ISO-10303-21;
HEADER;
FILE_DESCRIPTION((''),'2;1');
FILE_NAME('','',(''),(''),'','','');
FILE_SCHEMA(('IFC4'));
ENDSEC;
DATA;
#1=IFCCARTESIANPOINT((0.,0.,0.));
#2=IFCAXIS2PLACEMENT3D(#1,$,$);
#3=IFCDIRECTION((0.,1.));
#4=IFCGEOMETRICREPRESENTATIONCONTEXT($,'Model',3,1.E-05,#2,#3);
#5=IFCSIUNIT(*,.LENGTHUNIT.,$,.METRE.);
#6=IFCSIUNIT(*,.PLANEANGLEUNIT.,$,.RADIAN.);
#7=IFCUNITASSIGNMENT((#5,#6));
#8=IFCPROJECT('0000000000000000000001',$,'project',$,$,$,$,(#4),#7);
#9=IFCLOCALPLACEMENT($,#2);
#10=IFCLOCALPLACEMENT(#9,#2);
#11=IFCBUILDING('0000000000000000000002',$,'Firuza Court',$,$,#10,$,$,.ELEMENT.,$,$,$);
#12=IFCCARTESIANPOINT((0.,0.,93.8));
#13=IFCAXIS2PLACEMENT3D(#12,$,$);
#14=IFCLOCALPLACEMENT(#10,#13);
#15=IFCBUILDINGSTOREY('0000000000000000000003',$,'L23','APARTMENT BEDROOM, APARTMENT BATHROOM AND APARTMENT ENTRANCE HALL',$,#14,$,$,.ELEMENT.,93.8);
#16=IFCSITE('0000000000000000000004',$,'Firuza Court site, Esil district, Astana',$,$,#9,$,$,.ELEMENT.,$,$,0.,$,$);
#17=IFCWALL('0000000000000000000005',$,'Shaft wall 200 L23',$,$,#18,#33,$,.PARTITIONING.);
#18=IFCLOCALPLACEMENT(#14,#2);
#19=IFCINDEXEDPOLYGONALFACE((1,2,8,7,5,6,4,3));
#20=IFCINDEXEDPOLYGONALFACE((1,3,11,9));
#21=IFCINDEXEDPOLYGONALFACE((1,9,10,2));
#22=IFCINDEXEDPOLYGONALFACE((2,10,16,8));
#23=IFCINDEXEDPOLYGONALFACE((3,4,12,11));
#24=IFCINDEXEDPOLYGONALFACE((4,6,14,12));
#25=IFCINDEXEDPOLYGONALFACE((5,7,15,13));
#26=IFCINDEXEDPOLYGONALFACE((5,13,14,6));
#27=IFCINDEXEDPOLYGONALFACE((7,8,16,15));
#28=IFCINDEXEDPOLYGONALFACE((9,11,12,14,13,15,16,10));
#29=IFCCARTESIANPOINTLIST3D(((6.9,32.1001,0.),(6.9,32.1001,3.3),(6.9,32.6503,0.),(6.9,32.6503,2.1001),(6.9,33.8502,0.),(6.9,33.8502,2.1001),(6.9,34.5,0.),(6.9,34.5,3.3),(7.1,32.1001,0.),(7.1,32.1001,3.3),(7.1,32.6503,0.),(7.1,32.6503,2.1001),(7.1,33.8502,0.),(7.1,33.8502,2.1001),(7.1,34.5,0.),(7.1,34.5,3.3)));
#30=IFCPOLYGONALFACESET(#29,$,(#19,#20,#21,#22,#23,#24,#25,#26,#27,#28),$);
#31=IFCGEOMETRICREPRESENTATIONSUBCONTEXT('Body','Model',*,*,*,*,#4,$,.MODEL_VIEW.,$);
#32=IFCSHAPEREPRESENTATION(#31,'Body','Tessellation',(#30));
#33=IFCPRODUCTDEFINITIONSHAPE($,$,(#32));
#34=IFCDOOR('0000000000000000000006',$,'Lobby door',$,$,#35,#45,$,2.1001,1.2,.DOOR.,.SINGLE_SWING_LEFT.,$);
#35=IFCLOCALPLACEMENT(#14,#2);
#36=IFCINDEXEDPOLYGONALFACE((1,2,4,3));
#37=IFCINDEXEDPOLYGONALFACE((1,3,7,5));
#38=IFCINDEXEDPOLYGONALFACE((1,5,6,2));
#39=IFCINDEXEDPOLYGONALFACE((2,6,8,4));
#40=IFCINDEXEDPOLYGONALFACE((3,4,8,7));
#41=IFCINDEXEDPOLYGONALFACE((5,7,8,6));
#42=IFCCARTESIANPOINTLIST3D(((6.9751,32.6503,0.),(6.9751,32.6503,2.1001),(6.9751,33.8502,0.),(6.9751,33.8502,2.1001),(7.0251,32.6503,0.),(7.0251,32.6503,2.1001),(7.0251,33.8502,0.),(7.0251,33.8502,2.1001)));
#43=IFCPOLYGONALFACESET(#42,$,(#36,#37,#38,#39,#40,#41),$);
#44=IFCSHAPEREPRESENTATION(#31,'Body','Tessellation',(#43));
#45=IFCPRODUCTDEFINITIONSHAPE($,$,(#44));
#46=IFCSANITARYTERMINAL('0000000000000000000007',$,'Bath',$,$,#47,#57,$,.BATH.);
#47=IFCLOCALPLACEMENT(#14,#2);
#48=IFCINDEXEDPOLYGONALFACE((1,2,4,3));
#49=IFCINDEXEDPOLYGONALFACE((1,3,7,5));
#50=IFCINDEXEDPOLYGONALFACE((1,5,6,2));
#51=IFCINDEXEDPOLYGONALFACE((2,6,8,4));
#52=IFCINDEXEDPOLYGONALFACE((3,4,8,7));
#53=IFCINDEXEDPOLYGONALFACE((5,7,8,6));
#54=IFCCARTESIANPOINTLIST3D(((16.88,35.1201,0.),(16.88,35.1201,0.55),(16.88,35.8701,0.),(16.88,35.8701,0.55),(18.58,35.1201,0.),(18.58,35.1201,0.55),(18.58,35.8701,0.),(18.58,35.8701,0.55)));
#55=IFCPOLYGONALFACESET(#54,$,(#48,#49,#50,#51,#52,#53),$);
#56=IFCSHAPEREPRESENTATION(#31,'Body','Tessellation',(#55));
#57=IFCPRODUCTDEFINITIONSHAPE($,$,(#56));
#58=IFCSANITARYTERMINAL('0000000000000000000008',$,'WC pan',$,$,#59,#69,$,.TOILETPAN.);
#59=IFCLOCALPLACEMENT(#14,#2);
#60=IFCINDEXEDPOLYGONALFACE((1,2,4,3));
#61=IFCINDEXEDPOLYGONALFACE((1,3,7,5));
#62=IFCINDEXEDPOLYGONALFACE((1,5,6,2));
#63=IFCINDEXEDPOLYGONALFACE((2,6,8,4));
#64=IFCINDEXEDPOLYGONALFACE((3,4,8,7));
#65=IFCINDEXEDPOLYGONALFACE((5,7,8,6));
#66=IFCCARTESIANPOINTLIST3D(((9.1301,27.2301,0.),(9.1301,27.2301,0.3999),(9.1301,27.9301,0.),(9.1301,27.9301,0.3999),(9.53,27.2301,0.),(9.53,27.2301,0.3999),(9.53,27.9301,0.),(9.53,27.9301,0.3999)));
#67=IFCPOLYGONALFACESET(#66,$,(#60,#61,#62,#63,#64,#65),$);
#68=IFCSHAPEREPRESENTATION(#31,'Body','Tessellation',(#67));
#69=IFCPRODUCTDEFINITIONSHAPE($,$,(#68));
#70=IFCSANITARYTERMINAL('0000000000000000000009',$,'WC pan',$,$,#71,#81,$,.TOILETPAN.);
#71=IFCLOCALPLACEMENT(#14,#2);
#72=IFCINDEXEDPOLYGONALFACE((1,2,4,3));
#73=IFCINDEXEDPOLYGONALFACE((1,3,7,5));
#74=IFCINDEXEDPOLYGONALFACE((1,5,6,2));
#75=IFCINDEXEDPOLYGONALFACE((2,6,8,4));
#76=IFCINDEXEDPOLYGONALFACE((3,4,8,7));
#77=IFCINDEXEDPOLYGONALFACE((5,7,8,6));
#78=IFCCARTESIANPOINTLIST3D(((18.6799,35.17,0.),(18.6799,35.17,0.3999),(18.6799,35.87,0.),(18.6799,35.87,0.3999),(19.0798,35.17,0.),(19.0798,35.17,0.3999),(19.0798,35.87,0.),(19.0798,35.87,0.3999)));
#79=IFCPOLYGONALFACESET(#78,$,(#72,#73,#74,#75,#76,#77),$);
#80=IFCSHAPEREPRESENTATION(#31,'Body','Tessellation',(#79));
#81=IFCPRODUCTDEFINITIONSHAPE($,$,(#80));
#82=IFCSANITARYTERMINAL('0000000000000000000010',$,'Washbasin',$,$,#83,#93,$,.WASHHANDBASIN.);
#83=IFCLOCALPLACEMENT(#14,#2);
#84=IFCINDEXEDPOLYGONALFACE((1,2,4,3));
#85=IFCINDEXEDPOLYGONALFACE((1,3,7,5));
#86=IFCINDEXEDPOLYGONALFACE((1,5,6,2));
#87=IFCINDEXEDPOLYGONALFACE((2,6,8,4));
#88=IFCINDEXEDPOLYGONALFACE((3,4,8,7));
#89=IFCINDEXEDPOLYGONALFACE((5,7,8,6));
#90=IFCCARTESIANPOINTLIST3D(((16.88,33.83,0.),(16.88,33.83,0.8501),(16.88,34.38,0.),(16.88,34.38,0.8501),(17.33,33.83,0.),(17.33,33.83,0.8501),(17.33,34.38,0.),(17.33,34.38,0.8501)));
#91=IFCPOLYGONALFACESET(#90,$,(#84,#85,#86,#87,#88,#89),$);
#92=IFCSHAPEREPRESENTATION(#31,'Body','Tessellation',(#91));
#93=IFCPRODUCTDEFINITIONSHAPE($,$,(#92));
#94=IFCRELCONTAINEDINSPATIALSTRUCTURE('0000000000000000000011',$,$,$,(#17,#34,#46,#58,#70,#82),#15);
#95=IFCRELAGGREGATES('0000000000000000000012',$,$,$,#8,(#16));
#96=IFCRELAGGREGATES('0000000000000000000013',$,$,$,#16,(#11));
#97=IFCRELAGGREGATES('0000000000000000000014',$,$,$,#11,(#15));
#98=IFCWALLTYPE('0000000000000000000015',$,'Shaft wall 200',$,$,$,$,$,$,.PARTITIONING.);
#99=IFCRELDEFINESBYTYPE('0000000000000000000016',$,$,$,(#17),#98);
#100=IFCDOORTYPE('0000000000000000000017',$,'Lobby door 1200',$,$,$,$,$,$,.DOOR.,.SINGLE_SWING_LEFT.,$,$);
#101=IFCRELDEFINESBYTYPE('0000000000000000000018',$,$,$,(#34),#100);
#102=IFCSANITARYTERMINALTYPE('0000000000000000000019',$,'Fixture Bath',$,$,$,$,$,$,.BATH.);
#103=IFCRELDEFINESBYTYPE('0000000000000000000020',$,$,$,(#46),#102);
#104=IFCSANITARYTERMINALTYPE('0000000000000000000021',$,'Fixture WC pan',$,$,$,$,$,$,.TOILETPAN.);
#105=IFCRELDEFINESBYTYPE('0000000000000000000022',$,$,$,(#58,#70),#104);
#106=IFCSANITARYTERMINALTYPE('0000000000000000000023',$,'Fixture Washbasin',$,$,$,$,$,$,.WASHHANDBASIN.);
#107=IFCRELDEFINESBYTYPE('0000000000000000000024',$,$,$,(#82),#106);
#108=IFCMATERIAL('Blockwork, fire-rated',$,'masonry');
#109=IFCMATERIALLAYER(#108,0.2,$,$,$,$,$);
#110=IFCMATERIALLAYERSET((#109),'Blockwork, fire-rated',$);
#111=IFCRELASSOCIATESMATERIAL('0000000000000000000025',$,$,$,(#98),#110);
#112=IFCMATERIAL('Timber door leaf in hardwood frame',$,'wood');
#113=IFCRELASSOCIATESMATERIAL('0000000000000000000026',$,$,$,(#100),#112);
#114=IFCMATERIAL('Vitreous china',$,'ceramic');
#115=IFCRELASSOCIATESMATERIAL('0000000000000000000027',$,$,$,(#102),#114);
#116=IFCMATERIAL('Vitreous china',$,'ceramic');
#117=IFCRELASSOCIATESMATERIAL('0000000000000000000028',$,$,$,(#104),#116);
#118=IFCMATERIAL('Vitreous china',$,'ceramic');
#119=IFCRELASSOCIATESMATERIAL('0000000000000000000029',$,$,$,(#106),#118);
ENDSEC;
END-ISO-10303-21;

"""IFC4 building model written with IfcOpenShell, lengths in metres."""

from ifc_helpers import new_model, si_unit, direction, frame, frame_2d, origin, origin_2d, place, context, subcontext, project, spatial, rectangle, extrude, material, layer, layer_set, type_object, element, fill, save


model = new_model("IFC4")

# Units and contexts
model_context = context("Model", 3, precision=1e-05, world=origin(), true_north=direction((0.0, 1.0)))
body_context = subcontext(model_context, "Body", "Model", "MODEL_VIEW")
ifc_project = project(units=[si_unit("LENGTHUNIT", "METRE"), si_unit("PLANEANGLEUNIT", "RADIAN")], contexts=[model_context])

# Site, building, storey
site_placement = place(None, origin())
site = spatial("IfcSite", under=ifc_project, at=site_placement, Name="Firuza Court site, Esil district, Astana", CompositionType="ELEMENT", RefElevation=0.0)
building_placement = place(site_placement, origin())
building = spatial("IfcBuilding", under=site, at=building_placement, Name="Firuza Court", CompositionType="ELEMENT")
storey_placement = place(building_placement, frame((0.0, 0.0, 93.8)))
storey = spatial("IfcBuildingStorey", under=building, at=storey_placement, Name="L23", Description="APARTMENT BEDROOM, APARTMENT BATHROOM AND APARTMENT ENTRANCE HALL", CompositionType="ELEMENT", Elevation=93.8)

# Wall, opening, door
ifc_material_1 = material(Name="Blockwork, fire-rated", Category="masonry")
ifc_layer_1 = layer(ifc_material_1, 0.2)
ifc_layer_set_1 = layer_set([ifc_layer_1], Name="Blockwork, fire-rated")
wall_type_1 = type_object("IfcWallType", Name="Shaft wall 200", PredefinedType="PARTITIONING", material=ifc_layer_set_1)
wall_1_placement = place(storey_placement, frame((7.0, 32.1001, 0.0), z_axis=(0.0, 0.0, 1.0), x_axis=(0.0, 1.0, 0.0)))
wall_1 = element("IfcWall", 1, at=wall_1_placement, inside=storey, type_object=wall_type_1, Name="Shaft wall 200 L23", PredefinedType="PARTITIONING", context=body_context, shape_type="SweptSolid", body=[
    extrude(rectangle(XDim=2.3999, YDim=0.2, at=frame_2d((1.2, 0.0))), origin(), (0.0, 0.0, 1.0), 3.3),
])
opening_1_placement = place(wall_1_placement, frame((0.55, 0.0, 0.0)))
opening_1 = element("IfcOpeningElement", 2, at=opening_1_placement, cuts=wall_1, PredefinedType="OPENING", context=body_context, shape_type="SweptSolid", body=[
    extrude(rectangle(XDim=1.2, YDim=2.1001, at=frame_2d((0.6001, 1.05))), frame((0.0, 0.1118, 0.0), z_axis=(0.0, -1.0, 0.0), x_axis=(1.0, 0.0, 0.0)), (0.0, 0.0, 1.0), 0.2239),
])
ifc_material_2 = material(Name="Timber door leaf in hardwood frame", Category="wood")
door_type_1 = type_object("IfcDoorType", Name="Lobby door 1200", OperationType="SINGLE_SWING_LEFT", PredefinedType="DOOR", material=ifc_material_2)
door_1_placement = place(opening_1_placement, origin())
door_1 = element("IfcDoor", 3, at=door_1_placement, inside=storey, type_object=door_type_1, Name="Lobby door", OperationType="SINGLE_SWING_LEFT", OverallHeight=2.1001, OverallWidth=1.2, PredefinedType="DOOR", context=body_context, shape_type="SweptSolid", body=[
    extrude(rectangle(XDim=1.2, YDim=2.1001, at=frame_2d((0.6001, 1.05))), frame((0.0, 0.0249, 0.0), z_axis=(0.0, -1.0, 0.0), x_axis=(1.0, 0.0, 0.0)), (0.0, 0.0, 1.0), 0.05),
])
fill(opening_1, door_1)

# Sanitary terminals
ifc_material_3 = material(Name="Vitreous china", Category="ceramic")
sanitary_terminal_type_1 = type_object("IfcSanitaryTerminalType", Name="Fixture Bath", PredefinedType="BATH", material=ifc_material_3)
sanitary_terminal_1_placement = place(storey_placement, frame((17.73, 35.4951, 0.0), z_axis=(0.0, 0.0, 1.0), x_axis=(1.0, 0.0, 0.0)))
element("IfcSanitaryTerminal", 4, at=sanitary_terminal_1_placement, inside=storey, type_object=sanitary_terminal_type_1, Name="Bath", PredefinedType="BATH", context=body_context, shape_type="SweptSolid", body=[
    extrude(rectangle(XDim=1.7, YDim=0.75, at=origin_2d()), origin(), (0.0, 0.0, 1.0), 0.55),
])
ifc_material_4 = material(Name="Vitreous china", Category="ceramic")
sanitary_terminal_type_2 = type_object("IfcSanitaryTerminalType", Name="Fixture WC pan", PredefinedType="TOILETPAN", material=ifc_material_4)
for number, where, z_axis, x_axis, name in (
    (5, (9.3301, 27.5801, 0.0), (0.0, 0.0, 1.0), (1.0, 0.0, 0.0), "WC pan"),
    (6, (18.8799, 35.52, 0.0), (0.0, 0.0, 1.0), (1.0, 0.0, 0.0), "WC pan"),
):
    element("IfcSanitaryTerminal", number, at=place(storey_placement, frame(where, z_axis=z_axis, x_axis=x_axis)), inside=storey, type_object=sanitary_terminal_type_2, Name=name, PredefinedType="TOILETPAN", context=body_context, shape_type="SweptSolid", body=[
        extrude(rectangle(XDim=0.3999, YDim=0.7, at=origin_2d()), origin(), (0.0, 0.0, 1.0), 0.3999),
    ])
ifc_material_5 = material(Name="Vitreous china", Category="ceramic")
sanitary_terminal_type_3 = type_object("IfcSanitaryTerminalType", Name="Fixture Washbasin", PredefinedType="WASHHANDBASIN", material=ifc_material_5)
sanitary_terminal_2_placement = place(storey_placement, frame((17.105, 34.105, 0.0), z_axis=(0.0, 0.0, 1.0), x_axis=(1.0, 0.0, 0.0)))
element("IfcSanitaryTerminal", 7, at=sanitary_terminal_2_placement, inside=storey, type_object=sanitary_terminal_type_3, Name="Washbasin", PredefinedType="WASHHANDBASIN", context=body_context, shape_type="SweptSolid", body=[
    extrude(rectangle(XDim=0.45, YDim=0.55, at=origin_2d()), origin(), (0.0, 0.0, 1.0), 0.8501),
])

save(model, "model.ifc")
